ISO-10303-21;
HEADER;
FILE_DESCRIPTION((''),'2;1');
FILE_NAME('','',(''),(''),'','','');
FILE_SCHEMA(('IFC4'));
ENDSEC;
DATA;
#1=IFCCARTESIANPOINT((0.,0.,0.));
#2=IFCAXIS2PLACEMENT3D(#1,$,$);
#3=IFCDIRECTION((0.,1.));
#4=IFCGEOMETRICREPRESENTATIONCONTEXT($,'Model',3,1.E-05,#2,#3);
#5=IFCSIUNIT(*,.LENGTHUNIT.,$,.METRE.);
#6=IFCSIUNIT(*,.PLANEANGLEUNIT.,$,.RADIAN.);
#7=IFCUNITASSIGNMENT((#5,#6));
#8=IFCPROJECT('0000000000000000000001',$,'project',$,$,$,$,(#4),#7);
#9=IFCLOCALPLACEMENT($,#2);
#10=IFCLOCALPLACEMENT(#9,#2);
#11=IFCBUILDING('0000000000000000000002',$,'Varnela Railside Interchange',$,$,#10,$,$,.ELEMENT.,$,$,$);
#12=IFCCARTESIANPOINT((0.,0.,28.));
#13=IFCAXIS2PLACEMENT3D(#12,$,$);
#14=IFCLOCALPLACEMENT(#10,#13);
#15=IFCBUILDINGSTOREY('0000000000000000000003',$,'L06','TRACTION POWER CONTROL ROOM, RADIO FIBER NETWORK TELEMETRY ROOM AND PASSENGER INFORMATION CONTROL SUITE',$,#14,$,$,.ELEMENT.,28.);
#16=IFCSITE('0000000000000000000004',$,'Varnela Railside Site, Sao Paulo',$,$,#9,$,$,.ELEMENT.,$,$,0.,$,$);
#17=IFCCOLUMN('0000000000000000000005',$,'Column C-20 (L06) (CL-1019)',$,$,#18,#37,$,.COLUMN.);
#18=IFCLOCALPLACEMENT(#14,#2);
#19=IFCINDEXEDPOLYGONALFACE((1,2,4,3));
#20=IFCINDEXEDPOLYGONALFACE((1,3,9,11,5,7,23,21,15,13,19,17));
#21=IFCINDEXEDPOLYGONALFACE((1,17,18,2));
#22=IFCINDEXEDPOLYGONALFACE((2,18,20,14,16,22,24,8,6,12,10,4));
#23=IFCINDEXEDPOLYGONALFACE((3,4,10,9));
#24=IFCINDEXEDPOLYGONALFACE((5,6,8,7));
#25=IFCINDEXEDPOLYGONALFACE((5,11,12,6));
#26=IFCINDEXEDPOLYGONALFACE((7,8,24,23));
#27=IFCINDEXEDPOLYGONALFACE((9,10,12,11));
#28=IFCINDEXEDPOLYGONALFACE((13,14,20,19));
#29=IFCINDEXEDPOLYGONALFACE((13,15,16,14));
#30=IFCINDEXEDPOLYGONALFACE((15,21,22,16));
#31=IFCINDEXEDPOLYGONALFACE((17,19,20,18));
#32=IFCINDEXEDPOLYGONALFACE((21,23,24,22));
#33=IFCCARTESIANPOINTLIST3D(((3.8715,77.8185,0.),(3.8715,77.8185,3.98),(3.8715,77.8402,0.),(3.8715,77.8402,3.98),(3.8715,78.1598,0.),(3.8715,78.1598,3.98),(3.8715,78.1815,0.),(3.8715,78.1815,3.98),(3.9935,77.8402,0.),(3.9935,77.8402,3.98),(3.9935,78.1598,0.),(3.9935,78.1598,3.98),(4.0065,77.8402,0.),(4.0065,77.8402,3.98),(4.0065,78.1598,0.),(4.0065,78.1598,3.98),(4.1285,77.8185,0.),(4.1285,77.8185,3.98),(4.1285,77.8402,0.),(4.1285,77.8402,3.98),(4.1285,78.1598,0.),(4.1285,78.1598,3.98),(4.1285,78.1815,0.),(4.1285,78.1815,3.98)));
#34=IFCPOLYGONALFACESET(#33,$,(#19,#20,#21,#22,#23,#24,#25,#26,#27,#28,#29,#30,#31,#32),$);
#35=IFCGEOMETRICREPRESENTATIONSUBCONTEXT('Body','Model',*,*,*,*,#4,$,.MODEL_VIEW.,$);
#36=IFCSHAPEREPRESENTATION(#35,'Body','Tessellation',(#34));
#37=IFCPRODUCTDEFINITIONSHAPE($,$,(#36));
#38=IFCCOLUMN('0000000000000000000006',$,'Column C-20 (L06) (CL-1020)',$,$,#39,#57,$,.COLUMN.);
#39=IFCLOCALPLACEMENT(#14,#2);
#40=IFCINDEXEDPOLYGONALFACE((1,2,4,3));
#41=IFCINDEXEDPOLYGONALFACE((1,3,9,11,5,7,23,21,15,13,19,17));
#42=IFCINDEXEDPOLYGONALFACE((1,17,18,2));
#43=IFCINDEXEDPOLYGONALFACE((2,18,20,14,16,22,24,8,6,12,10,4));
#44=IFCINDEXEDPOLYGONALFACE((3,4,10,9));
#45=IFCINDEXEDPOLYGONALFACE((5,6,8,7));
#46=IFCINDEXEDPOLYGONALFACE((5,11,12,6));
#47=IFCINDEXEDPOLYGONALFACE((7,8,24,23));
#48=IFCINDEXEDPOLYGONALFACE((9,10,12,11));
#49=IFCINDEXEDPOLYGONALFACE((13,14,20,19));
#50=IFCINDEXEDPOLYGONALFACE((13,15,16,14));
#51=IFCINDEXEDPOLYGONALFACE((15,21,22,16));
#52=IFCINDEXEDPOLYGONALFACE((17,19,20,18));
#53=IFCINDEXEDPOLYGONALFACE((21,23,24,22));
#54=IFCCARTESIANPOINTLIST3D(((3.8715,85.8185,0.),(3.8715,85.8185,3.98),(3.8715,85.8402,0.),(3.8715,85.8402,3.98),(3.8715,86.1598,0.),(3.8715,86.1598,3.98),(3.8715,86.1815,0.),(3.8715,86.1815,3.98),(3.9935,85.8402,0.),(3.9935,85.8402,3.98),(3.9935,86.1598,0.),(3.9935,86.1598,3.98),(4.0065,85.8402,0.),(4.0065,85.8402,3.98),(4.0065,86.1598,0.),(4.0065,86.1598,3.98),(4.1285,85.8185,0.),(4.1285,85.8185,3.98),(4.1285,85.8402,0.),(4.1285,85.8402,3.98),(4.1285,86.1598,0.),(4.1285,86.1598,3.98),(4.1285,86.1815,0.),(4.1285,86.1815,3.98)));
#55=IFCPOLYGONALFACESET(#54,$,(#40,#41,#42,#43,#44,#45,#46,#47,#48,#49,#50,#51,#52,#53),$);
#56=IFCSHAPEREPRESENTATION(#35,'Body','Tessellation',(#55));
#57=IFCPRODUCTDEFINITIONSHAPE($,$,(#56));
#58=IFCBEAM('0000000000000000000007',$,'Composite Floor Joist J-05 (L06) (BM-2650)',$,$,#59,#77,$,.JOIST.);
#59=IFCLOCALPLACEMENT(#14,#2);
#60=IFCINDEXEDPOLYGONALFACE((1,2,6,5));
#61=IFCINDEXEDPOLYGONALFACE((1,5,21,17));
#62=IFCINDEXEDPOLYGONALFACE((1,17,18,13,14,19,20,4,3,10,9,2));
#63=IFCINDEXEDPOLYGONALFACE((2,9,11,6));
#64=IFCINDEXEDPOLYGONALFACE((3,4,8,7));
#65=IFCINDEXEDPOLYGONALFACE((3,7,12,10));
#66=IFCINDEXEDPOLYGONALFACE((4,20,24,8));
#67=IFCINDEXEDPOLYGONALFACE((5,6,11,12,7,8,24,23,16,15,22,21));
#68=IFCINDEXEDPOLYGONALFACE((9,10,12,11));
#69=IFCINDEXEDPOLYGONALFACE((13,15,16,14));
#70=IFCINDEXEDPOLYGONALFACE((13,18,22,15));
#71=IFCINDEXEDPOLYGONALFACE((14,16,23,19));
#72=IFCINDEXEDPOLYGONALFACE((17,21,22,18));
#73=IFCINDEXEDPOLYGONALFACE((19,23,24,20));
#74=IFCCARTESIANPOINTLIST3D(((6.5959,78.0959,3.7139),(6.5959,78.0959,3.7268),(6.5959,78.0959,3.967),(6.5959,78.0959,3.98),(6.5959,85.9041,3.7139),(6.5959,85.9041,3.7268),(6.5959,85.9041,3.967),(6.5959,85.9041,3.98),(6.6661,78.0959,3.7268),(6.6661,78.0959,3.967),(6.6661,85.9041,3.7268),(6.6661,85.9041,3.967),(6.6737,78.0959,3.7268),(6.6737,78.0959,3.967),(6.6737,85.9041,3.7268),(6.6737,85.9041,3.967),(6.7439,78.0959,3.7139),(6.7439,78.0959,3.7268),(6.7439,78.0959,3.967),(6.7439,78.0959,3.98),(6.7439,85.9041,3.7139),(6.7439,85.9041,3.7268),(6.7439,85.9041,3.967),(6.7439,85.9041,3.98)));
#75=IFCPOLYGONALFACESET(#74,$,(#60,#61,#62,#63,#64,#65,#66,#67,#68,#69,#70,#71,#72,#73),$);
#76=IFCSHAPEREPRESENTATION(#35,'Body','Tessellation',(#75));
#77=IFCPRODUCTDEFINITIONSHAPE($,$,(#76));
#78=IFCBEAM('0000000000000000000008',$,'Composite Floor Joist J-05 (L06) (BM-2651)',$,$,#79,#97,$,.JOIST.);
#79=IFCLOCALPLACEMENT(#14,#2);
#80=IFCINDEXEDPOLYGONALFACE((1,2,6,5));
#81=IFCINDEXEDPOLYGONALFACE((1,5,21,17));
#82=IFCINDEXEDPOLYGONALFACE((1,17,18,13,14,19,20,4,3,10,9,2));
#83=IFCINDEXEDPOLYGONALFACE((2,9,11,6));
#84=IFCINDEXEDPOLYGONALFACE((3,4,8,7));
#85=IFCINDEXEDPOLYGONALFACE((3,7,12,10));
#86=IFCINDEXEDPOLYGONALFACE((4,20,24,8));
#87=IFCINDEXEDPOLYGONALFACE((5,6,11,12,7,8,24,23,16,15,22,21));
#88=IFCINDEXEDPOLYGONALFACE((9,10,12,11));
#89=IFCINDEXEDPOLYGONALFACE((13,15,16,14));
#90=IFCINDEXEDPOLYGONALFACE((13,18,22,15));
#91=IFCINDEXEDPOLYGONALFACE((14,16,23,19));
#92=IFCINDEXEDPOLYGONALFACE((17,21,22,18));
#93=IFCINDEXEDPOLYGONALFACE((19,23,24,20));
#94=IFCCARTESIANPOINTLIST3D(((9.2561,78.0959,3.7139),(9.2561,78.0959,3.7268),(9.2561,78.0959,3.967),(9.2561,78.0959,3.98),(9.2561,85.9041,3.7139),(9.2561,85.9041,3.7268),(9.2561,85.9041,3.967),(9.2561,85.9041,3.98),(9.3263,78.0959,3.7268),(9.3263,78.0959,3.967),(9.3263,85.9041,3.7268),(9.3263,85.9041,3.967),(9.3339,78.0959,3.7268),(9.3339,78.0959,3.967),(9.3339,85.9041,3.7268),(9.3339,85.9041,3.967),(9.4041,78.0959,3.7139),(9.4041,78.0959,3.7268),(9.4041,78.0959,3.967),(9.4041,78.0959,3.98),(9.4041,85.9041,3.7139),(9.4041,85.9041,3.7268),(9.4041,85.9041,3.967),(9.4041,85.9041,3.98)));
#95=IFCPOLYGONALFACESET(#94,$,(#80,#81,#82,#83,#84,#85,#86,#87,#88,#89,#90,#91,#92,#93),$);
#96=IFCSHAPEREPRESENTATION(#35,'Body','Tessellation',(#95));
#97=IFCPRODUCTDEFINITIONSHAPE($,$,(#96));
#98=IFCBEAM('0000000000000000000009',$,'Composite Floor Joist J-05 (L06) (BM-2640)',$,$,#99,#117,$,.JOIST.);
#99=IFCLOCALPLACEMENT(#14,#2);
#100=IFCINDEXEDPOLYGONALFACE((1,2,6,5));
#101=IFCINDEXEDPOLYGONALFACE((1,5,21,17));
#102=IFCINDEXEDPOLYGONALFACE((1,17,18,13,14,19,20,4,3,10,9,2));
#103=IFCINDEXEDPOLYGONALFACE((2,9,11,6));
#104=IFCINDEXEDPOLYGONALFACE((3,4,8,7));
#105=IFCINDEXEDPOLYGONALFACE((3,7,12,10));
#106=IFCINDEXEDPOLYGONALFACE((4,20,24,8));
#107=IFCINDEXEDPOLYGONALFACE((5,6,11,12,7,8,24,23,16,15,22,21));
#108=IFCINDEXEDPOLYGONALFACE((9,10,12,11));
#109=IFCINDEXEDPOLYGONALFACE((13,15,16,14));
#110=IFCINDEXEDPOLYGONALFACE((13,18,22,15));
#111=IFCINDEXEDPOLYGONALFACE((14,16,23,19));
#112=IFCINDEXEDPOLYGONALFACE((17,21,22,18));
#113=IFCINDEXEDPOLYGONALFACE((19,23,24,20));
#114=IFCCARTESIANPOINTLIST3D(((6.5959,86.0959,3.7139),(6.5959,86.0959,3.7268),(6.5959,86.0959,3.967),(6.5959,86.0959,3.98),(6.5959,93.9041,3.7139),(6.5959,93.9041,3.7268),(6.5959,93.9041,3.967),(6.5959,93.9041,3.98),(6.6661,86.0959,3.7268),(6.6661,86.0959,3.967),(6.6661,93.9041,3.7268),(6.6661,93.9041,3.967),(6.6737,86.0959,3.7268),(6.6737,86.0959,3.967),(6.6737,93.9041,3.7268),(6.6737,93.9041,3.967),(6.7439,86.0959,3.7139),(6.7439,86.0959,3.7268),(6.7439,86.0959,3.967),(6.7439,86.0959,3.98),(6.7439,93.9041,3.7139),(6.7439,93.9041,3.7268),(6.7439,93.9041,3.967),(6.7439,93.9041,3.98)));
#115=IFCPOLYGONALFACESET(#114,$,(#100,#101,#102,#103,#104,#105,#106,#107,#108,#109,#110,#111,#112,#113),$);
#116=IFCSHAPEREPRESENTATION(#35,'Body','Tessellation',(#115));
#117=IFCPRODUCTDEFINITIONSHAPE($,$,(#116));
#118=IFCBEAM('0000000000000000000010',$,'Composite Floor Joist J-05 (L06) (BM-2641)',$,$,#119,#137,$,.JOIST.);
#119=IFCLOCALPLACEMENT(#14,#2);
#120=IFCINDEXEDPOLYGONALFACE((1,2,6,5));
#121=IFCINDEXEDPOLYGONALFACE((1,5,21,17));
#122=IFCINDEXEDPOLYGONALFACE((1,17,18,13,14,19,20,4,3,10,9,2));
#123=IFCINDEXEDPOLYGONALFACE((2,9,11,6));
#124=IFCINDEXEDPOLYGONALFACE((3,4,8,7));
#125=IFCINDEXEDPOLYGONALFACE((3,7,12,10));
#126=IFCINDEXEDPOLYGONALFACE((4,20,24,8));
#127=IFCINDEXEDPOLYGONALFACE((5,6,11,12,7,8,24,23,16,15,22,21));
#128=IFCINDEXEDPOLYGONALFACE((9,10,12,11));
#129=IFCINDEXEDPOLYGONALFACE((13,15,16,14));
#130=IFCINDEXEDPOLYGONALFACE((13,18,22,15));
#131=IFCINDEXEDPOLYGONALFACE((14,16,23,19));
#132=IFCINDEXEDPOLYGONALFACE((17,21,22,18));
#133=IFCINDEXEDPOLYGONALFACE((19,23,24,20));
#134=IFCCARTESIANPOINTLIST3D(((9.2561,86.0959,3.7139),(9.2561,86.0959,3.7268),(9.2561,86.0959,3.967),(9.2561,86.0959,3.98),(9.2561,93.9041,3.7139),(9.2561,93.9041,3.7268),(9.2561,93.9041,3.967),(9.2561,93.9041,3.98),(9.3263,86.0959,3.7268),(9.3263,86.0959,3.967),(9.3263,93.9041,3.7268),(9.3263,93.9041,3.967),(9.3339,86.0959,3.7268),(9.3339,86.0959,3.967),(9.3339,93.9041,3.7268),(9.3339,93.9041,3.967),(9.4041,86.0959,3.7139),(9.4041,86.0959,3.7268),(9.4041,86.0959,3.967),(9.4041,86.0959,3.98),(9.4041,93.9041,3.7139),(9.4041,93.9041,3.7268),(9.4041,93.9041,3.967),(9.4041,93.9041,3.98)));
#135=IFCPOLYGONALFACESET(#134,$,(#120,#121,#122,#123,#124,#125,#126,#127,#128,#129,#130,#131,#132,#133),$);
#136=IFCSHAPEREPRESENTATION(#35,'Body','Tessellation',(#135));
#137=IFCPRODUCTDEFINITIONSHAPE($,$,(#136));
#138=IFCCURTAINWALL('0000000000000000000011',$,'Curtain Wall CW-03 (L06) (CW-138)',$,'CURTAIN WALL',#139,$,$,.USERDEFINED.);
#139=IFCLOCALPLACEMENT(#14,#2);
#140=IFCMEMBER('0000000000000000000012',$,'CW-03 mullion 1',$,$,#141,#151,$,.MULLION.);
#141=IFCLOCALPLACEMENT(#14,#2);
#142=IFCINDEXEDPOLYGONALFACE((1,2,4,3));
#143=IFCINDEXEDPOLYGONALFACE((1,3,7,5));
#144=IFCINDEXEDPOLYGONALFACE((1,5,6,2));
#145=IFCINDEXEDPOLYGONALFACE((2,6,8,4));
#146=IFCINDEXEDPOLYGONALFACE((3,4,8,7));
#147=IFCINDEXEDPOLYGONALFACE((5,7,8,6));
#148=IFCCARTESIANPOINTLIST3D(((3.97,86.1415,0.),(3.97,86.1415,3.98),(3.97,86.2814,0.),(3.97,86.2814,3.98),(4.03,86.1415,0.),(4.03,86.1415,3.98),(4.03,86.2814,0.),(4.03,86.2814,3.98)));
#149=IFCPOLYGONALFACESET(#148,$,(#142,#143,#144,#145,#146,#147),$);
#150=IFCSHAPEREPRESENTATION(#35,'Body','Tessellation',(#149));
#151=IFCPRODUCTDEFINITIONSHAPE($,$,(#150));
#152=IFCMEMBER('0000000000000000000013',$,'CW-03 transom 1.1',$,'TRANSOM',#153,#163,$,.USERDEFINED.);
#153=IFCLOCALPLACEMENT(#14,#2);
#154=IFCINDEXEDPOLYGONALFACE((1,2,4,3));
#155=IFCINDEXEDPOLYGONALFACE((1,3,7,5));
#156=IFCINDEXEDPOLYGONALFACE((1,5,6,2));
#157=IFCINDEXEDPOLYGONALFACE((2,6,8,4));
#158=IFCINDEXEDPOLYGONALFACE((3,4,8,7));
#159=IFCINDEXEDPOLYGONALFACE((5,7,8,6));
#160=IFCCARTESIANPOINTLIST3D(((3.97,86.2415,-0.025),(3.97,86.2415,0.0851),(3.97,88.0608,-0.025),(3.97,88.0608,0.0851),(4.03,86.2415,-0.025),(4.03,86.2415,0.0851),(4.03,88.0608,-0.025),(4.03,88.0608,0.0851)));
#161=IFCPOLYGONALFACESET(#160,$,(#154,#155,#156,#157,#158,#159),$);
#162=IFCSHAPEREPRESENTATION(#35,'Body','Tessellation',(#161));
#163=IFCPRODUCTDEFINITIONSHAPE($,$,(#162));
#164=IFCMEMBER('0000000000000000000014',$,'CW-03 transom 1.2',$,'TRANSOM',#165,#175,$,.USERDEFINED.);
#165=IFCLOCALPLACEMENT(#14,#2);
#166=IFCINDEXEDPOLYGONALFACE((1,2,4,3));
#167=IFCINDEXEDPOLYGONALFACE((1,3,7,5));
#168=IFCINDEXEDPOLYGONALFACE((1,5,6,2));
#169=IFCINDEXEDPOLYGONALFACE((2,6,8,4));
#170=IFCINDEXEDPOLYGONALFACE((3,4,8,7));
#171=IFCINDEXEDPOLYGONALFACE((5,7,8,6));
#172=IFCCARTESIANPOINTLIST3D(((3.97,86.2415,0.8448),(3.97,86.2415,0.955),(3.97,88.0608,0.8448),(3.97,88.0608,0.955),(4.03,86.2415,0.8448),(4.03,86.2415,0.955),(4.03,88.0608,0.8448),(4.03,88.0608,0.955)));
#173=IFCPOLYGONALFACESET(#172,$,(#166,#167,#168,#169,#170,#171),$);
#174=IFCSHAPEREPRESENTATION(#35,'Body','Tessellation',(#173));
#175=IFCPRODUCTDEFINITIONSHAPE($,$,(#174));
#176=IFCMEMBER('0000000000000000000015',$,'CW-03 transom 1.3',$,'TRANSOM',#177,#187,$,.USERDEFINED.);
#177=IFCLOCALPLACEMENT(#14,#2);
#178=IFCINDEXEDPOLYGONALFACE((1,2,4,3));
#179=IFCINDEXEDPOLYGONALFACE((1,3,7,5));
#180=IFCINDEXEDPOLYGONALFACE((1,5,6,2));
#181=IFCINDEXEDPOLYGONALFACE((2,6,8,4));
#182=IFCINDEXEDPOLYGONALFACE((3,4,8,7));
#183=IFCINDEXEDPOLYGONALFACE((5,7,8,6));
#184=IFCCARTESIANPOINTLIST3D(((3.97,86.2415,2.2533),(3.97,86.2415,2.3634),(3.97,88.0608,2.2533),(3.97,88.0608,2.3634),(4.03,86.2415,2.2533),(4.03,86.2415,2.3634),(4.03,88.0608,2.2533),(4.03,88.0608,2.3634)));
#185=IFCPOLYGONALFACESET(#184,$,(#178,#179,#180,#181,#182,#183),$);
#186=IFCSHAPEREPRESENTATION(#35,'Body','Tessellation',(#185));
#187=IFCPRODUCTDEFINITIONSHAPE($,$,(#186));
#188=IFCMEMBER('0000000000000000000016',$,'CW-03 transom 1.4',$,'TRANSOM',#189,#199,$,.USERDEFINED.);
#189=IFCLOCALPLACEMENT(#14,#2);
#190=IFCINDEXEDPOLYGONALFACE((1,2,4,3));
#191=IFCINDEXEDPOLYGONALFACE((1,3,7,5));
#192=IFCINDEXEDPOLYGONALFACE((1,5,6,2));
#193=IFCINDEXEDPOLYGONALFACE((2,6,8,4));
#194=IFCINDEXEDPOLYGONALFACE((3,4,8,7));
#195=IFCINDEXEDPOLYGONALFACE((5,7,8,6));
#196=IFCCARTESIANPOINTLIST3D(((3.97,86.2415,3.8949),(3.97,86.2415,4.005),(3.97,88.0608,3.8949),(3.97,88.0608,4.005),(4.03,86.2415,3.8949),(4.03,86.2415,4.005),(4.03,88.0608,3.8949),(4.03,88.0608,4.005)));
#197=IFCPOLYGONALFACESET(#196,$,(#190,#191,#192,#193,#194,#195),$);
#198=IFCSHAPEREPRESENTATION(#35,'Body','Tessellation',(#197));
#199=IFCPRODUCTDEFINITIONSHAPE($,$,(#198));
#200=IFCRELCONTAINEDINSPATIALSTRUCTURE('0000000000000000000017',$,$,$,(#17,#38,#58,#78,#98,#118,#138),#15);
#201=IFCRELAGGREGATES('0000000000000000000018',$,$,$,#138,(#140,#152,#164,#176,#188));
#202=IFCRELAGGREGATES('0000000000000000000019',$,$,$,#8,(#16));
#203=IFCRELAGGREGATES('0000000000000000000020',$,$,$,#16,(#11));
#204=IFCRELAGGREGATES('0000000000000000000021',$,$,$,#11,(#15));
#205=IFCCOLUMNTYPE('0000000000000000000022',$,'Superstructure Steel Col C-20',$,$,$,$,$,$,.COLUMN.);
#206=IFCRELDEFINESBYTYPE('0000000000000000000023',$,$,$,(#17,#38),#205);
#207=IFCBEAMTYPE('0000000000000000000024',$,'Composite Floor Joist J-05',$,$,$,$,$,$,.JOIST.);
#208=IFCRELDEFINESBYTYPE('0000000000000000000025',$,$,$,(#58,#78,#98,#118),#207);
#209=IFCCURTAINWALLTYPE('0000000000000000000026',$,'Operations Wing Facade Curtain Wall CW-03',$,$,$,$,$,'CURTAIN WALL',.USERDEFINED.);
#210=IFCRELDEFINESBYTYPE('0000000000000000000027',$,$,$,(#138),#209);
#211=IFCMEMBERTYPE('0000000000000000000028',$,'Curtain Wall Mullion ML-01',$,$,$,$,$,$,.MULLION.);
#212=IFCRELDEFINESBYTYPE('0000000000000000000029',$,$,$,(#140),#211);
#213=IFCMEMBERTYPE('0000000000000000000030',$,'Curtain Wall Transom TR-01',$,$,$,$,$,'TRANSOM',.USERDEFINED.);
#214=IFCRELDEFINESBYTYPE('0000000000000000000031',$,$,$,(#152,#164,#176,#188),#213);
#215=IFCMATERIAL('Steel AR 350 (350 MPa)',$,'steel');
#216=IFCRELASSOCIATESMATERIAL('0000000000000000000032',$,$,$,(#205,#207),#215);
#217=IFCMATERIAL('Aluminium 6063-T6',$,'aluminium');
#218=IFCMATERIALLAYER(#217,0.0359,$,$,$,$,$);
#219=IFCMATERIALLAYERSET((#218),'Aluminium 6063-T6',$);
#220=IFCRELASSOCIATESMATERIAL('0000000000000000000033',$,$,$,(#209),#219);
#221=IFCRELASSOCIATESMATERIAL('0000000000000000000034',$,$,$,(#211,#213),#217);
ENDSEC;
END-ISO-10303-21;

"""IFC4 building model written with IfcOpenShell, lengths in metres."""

from ifc_helpers import new_model, si_unit, direction, frame, origin, origin_2d, place, context, subcontext, project, spatial, rectangle, i_section, extrude, material, layer, layer_set, material_profile, profile_set, type_object, element, aggregate, save


model = new_model("IFC4")

# Units and contexts
model_context = context("Model", 3, precision=1e-05, world=origin(), true_north=direction((0.0, 1.0)))
body_context = subcontext(model_context, "Body", "Model", "MODEL_VIEW")
ifc_project = project(units=[si_unit("LENGTHUNIT", "METRE"), si_unit("PLANEANGLEUNIT", "RADIAN")], contexts=[model_context])

# Site, building, storey
site_placement = place(None, origin())
site = spatial("IfcSite", under=ifc_project, at=site_placement, Name="Varnela Railside Site, Sao Paulo", CompositionType="ELEMENT", RefElevation=0.0)
building_placement = place(site_placement, origin())
building = spatial("IfcBuilding", under=site, at=building_placement, Name="Varnela Railside Interchange", CompositionType="ELEMENT")
storey_placement = place(building_placement, frame((0.0, 0.0, 28.0)))
storey = spatial("IfcBuildingStorey", under=building, at=storey_placement, Name="L06", Description="TRACTION POWER CONTROL ROOM, RADIO FIBER NETWORK TELEMETRY ROOM AND PASSENGER INFORMATION CONTROL SUITE", CompositionType="ELEMENT", Elevation=28.0)

# Columns
ifc_material_1 = material(Name="Steel AR 350 (350 MPa)", Category="steel")
ifc_material_profile_1 = material_profile(ifc_material_1, i_section(OverallWidth=0.2571, OverallDepth=0.363, WebThickness=0.0129, FlangeThickness=0.0217, at=origin_2d()), Name="W360x122")
ifc_profile_set_1 = profile_set([ifc_material_profile_1], Name="Steel AR 350 (350 MPa)")
column_type = type_object("IfcColumnType", Name="Superstructure Steel Col C-20", PredefinedType="COLUMN", material=ifc_profile_set_1)
for number, where, z_axis, x_axis, name in (
    (1, (4.0, 78.0, 0.0), (0.0, 0.0, 1.0), (1.0, 0.0, 0.0), "Column C-20 (L06) (CL-1019)"),
    (2, (4.0, 86.0, 0.0), (0.0, 0.0, 1.0), (1.0, 0.0, 0.0), "Column C-20 (L06) (CL-1020)"),
):
    element("IfcColumn", number, at=place(storey_placement, frame(where, z_axis=z_axis, x_axis=x_axis)), inside=storey, type_object=column_type, Name=name, PredefinedType="COLUMN", context=body_context, shape_type="SweptSolid", body=[
        extrude(i_section(OverallWidth=0.2571, OverallDepth=0.363, WebThickness=0.0129, FlangeThickness=0.0217, at=origin_2d()), origin(), (0.0, 0.0, 1.0), 3.98),
    ])

# Beams
ifc_material_profile_2 = material_profile(ifc_material_1, i_section(OverallWidth=0.1479, OverallDepth=0.2661, WebThickness=0.0076, FlangeThickness=0.0129, at=origin_2d()), Name="W250x44.8")
ifc_profile_set_2 = profile_set([ifc_material_profile_2], Name="Steel AR 350 (350 MPa)")
beam_type_1 = type_object("IfcBeamType", Name="Composite Floor Joist J-05", PredefinedType="JOIST", material=ifc_profile_set_2)
for number, where, z_axis, x_axis, name in (
    (3, (6.6699, 78.0959, 3.8469), (0.0, 1.0, 0.0), (-1.0, 0.0, 0.0), "Composite Floor Joist J-05 (L06) (BM-2650)"),
    (4, (9.3301, 78.0959, 3.8469), (0.0, 1.0, 0.0), (-1.0, 0.0, 0.0), "Composite Floor Joist J-05 (L06) (BM-2651)"),
    (5, (6.6699, 86.0959, 3.8469), (0.0, 1.0, 0.0), (-1.0, 0.0, 0.0), "Composite Floor Joist J-05 (L06) (BM-2640)"),
    (6, (9.3301, 86.0959, 3.8469), (0.0, 1.0, 0.0), (-1.0, 0.0, 0.0), "Composite Floor Joist J-05 (L06) (BM-2641)"),
):
    element("IfcBeam", number, at=place(storey_placement, frame(where, z_axis=z_axis, x_axis=x_axis)), inside=storey, type_object=beam_type_1, Name=name, PredefinedType="JOIST", context=body_context, shape_type="SweptSolid", body=[
        extrude(i_section(OverallWidth=0.1479, OverallDepth=0.2661, WebThickness=0.0076, FlangeThickness=0.0129, at=origin_2d()), origin(), (0.0, 0.0, 1.0), 7.8081),
    ])

# Curtain wall, members
ifc_material_2 = material(Name="Aluminium 6063-T6", Category="aluminium")
ifc_layer_1 = layer(ifc_material_2, 0.0359)
ifc_layer_set_1 = layer_set([ifc_layer_1], Name="Aluminium 6063-T6")
curtain_wall_type = type_object("IfcCurtainWallType", Name="Operations Wing Facade Curtain Wall CW-03", ElementType="CURTAIN WALL", PredefinedType="USERDEFINED", material=ifc_layer_set_1)
curtain_wall_placement = place(storey_placement, origin())
curtain_wall = element("IfcCurtainWall", 7, at=curtain_wall_placement, inside=storey, type_object=curtain_wall_type, Name="Curtain Wall CW-03 (L06) (CW-138)", ObjectType="CURTAIN WALL", PredefinedType="USERDEFINED")
ifc_material_profile_3 = material_profile(ifc_material_2, rectangle(XDim=0.0601, YDim=0.1399, at=origin_2d()), Name="ALU 60x140")
ifc_profile_set_3 = profile_set([ifc_material_profile_3], Name="Aluminium 6063-T6")
member_type_1 = type_object("IfcMemberType", Name="Curtain Wall Mullion ML-01", PredefinedType="MULLION", material=ifc_profile_set_3)
member_1_placement = place(storey_placement, frame((4.0, 86.2114, 0.0), z_axis=(0.0, 0.0, 1.0), x_axis=(-1.0, 0.0, 0.0)))
member_1 = element("IfcMember", 8, at=member_1_placement, type_object=member_type_1, Name="CW-03 mullion 1", PredefinedType="MULLION", context=body_context, shape_type="SweptSolid", body=[
    extrude(rectangle(XDim=0.0601, YDim=0.1399, at=origin_2d()), origin(), (0.0, 0.0, 1.0), 3.98),
])
ifc_material_profile_4 = material_profile(ifc_material_2, rectangle(XDim=0.0601, YDim=0.1101, at=origin_2d()), Name="ALU 60x110")
ifc_profile_set_4 = profile_set([ifc_material_profile_4], Name="Aluminium 6063-T6")
member_type_2 = type_object("IfcMemberType", Name="Curtain Wall Transom TR-01", ElementType="TRANSOM", PredefinedType="USERDEFINED", material=ifc_profile_set_4)
member_2_placement = place(storey_placement, frame((4.0, 86.2415, 0.03), z_axis=(0.0, 1.0, 0.0), x_axis=(-1.0, 0.0, 0.0)))
member_2 = element("IfcMember", 9, at=member_2_placement, type_object=member_type_2, Name="CW-03 transom 1.1", ObjectType="TRANSOM", PredefinedType="USERDEFINED", context=body_context, shape_type="SweptSolid", body=[
    extrude(rectangle(XDim=0.0601, YDim=0.1101, at=origin_2d()), origin(), (0.0, 0.0, 1.0), 1.8193),
])
member_3_placement = place(storey_placement, frame((4.0, 86.2415, 0.8999), z_axis=(0.0, 1.0, 0.0), x_axis=(-1.0, 0.0, 0.0)))
member_3 = element("IfcMember", 10, at=member_3_placement, type_object=member_type_2, Name="CW-03 transom 1.2", ObjectType="TRANSOM", PredefinedType="USERDEFINED", context=body_context, shape_type="SweptSolid", body=[
    extrude(rectangle(XDim=0.0601, YDim=0.1101, at=origin_2d()), origin(), (0.0, 0.0, 1.0), 1.8193),
])
member_4_placement = place(storey_placement, frame((4.0, 86.2415, 2.3083), z_axis=(0.0, 1.0, 0.0), x_axis=(-1.0, 0.0, 0.0)))
member_4 = element("IfcMember", 11, at=member_4_placement, type_object=member_type_2, Name="CW-03 transom 1.3", ObjectType="TRANSOM", PredefinedType="USERDEFINED", context=body_context, shape_type="SweptSolid", body=[
    extrude(rectangle(XDim=0.0601, YDim=0.1101, at=origin_2d()), origin(), (0.0, 0.0, 1.0), 1.8193),
])
member_5_placement = place(storey_placement, frame((4.0, 86.2415, 3.95), z_axis=(0.0, 1.0, 0.0), x_axis=(-1.0, 0.0, 0.0)))
member_5 = element("IfcMember", 12, at=member_5_placement, type_object=member_type_2, Name="CW-03 transom 1.4", ObjectType="TRANSOM", PredefinedType="USERDEFINED", context=body_context, shape_type="SweptSolid", body=[
    extrude(rectangle(XDim=0.0601, YDim=0.1101, at=origin_2d()), origin(), (0.0, 0.0, 1.0), 1.8193),
])

aggregate(curtain_wall, [member_1, member_2, member_3, member_4, member_5])

save(model, "model.ifc")
